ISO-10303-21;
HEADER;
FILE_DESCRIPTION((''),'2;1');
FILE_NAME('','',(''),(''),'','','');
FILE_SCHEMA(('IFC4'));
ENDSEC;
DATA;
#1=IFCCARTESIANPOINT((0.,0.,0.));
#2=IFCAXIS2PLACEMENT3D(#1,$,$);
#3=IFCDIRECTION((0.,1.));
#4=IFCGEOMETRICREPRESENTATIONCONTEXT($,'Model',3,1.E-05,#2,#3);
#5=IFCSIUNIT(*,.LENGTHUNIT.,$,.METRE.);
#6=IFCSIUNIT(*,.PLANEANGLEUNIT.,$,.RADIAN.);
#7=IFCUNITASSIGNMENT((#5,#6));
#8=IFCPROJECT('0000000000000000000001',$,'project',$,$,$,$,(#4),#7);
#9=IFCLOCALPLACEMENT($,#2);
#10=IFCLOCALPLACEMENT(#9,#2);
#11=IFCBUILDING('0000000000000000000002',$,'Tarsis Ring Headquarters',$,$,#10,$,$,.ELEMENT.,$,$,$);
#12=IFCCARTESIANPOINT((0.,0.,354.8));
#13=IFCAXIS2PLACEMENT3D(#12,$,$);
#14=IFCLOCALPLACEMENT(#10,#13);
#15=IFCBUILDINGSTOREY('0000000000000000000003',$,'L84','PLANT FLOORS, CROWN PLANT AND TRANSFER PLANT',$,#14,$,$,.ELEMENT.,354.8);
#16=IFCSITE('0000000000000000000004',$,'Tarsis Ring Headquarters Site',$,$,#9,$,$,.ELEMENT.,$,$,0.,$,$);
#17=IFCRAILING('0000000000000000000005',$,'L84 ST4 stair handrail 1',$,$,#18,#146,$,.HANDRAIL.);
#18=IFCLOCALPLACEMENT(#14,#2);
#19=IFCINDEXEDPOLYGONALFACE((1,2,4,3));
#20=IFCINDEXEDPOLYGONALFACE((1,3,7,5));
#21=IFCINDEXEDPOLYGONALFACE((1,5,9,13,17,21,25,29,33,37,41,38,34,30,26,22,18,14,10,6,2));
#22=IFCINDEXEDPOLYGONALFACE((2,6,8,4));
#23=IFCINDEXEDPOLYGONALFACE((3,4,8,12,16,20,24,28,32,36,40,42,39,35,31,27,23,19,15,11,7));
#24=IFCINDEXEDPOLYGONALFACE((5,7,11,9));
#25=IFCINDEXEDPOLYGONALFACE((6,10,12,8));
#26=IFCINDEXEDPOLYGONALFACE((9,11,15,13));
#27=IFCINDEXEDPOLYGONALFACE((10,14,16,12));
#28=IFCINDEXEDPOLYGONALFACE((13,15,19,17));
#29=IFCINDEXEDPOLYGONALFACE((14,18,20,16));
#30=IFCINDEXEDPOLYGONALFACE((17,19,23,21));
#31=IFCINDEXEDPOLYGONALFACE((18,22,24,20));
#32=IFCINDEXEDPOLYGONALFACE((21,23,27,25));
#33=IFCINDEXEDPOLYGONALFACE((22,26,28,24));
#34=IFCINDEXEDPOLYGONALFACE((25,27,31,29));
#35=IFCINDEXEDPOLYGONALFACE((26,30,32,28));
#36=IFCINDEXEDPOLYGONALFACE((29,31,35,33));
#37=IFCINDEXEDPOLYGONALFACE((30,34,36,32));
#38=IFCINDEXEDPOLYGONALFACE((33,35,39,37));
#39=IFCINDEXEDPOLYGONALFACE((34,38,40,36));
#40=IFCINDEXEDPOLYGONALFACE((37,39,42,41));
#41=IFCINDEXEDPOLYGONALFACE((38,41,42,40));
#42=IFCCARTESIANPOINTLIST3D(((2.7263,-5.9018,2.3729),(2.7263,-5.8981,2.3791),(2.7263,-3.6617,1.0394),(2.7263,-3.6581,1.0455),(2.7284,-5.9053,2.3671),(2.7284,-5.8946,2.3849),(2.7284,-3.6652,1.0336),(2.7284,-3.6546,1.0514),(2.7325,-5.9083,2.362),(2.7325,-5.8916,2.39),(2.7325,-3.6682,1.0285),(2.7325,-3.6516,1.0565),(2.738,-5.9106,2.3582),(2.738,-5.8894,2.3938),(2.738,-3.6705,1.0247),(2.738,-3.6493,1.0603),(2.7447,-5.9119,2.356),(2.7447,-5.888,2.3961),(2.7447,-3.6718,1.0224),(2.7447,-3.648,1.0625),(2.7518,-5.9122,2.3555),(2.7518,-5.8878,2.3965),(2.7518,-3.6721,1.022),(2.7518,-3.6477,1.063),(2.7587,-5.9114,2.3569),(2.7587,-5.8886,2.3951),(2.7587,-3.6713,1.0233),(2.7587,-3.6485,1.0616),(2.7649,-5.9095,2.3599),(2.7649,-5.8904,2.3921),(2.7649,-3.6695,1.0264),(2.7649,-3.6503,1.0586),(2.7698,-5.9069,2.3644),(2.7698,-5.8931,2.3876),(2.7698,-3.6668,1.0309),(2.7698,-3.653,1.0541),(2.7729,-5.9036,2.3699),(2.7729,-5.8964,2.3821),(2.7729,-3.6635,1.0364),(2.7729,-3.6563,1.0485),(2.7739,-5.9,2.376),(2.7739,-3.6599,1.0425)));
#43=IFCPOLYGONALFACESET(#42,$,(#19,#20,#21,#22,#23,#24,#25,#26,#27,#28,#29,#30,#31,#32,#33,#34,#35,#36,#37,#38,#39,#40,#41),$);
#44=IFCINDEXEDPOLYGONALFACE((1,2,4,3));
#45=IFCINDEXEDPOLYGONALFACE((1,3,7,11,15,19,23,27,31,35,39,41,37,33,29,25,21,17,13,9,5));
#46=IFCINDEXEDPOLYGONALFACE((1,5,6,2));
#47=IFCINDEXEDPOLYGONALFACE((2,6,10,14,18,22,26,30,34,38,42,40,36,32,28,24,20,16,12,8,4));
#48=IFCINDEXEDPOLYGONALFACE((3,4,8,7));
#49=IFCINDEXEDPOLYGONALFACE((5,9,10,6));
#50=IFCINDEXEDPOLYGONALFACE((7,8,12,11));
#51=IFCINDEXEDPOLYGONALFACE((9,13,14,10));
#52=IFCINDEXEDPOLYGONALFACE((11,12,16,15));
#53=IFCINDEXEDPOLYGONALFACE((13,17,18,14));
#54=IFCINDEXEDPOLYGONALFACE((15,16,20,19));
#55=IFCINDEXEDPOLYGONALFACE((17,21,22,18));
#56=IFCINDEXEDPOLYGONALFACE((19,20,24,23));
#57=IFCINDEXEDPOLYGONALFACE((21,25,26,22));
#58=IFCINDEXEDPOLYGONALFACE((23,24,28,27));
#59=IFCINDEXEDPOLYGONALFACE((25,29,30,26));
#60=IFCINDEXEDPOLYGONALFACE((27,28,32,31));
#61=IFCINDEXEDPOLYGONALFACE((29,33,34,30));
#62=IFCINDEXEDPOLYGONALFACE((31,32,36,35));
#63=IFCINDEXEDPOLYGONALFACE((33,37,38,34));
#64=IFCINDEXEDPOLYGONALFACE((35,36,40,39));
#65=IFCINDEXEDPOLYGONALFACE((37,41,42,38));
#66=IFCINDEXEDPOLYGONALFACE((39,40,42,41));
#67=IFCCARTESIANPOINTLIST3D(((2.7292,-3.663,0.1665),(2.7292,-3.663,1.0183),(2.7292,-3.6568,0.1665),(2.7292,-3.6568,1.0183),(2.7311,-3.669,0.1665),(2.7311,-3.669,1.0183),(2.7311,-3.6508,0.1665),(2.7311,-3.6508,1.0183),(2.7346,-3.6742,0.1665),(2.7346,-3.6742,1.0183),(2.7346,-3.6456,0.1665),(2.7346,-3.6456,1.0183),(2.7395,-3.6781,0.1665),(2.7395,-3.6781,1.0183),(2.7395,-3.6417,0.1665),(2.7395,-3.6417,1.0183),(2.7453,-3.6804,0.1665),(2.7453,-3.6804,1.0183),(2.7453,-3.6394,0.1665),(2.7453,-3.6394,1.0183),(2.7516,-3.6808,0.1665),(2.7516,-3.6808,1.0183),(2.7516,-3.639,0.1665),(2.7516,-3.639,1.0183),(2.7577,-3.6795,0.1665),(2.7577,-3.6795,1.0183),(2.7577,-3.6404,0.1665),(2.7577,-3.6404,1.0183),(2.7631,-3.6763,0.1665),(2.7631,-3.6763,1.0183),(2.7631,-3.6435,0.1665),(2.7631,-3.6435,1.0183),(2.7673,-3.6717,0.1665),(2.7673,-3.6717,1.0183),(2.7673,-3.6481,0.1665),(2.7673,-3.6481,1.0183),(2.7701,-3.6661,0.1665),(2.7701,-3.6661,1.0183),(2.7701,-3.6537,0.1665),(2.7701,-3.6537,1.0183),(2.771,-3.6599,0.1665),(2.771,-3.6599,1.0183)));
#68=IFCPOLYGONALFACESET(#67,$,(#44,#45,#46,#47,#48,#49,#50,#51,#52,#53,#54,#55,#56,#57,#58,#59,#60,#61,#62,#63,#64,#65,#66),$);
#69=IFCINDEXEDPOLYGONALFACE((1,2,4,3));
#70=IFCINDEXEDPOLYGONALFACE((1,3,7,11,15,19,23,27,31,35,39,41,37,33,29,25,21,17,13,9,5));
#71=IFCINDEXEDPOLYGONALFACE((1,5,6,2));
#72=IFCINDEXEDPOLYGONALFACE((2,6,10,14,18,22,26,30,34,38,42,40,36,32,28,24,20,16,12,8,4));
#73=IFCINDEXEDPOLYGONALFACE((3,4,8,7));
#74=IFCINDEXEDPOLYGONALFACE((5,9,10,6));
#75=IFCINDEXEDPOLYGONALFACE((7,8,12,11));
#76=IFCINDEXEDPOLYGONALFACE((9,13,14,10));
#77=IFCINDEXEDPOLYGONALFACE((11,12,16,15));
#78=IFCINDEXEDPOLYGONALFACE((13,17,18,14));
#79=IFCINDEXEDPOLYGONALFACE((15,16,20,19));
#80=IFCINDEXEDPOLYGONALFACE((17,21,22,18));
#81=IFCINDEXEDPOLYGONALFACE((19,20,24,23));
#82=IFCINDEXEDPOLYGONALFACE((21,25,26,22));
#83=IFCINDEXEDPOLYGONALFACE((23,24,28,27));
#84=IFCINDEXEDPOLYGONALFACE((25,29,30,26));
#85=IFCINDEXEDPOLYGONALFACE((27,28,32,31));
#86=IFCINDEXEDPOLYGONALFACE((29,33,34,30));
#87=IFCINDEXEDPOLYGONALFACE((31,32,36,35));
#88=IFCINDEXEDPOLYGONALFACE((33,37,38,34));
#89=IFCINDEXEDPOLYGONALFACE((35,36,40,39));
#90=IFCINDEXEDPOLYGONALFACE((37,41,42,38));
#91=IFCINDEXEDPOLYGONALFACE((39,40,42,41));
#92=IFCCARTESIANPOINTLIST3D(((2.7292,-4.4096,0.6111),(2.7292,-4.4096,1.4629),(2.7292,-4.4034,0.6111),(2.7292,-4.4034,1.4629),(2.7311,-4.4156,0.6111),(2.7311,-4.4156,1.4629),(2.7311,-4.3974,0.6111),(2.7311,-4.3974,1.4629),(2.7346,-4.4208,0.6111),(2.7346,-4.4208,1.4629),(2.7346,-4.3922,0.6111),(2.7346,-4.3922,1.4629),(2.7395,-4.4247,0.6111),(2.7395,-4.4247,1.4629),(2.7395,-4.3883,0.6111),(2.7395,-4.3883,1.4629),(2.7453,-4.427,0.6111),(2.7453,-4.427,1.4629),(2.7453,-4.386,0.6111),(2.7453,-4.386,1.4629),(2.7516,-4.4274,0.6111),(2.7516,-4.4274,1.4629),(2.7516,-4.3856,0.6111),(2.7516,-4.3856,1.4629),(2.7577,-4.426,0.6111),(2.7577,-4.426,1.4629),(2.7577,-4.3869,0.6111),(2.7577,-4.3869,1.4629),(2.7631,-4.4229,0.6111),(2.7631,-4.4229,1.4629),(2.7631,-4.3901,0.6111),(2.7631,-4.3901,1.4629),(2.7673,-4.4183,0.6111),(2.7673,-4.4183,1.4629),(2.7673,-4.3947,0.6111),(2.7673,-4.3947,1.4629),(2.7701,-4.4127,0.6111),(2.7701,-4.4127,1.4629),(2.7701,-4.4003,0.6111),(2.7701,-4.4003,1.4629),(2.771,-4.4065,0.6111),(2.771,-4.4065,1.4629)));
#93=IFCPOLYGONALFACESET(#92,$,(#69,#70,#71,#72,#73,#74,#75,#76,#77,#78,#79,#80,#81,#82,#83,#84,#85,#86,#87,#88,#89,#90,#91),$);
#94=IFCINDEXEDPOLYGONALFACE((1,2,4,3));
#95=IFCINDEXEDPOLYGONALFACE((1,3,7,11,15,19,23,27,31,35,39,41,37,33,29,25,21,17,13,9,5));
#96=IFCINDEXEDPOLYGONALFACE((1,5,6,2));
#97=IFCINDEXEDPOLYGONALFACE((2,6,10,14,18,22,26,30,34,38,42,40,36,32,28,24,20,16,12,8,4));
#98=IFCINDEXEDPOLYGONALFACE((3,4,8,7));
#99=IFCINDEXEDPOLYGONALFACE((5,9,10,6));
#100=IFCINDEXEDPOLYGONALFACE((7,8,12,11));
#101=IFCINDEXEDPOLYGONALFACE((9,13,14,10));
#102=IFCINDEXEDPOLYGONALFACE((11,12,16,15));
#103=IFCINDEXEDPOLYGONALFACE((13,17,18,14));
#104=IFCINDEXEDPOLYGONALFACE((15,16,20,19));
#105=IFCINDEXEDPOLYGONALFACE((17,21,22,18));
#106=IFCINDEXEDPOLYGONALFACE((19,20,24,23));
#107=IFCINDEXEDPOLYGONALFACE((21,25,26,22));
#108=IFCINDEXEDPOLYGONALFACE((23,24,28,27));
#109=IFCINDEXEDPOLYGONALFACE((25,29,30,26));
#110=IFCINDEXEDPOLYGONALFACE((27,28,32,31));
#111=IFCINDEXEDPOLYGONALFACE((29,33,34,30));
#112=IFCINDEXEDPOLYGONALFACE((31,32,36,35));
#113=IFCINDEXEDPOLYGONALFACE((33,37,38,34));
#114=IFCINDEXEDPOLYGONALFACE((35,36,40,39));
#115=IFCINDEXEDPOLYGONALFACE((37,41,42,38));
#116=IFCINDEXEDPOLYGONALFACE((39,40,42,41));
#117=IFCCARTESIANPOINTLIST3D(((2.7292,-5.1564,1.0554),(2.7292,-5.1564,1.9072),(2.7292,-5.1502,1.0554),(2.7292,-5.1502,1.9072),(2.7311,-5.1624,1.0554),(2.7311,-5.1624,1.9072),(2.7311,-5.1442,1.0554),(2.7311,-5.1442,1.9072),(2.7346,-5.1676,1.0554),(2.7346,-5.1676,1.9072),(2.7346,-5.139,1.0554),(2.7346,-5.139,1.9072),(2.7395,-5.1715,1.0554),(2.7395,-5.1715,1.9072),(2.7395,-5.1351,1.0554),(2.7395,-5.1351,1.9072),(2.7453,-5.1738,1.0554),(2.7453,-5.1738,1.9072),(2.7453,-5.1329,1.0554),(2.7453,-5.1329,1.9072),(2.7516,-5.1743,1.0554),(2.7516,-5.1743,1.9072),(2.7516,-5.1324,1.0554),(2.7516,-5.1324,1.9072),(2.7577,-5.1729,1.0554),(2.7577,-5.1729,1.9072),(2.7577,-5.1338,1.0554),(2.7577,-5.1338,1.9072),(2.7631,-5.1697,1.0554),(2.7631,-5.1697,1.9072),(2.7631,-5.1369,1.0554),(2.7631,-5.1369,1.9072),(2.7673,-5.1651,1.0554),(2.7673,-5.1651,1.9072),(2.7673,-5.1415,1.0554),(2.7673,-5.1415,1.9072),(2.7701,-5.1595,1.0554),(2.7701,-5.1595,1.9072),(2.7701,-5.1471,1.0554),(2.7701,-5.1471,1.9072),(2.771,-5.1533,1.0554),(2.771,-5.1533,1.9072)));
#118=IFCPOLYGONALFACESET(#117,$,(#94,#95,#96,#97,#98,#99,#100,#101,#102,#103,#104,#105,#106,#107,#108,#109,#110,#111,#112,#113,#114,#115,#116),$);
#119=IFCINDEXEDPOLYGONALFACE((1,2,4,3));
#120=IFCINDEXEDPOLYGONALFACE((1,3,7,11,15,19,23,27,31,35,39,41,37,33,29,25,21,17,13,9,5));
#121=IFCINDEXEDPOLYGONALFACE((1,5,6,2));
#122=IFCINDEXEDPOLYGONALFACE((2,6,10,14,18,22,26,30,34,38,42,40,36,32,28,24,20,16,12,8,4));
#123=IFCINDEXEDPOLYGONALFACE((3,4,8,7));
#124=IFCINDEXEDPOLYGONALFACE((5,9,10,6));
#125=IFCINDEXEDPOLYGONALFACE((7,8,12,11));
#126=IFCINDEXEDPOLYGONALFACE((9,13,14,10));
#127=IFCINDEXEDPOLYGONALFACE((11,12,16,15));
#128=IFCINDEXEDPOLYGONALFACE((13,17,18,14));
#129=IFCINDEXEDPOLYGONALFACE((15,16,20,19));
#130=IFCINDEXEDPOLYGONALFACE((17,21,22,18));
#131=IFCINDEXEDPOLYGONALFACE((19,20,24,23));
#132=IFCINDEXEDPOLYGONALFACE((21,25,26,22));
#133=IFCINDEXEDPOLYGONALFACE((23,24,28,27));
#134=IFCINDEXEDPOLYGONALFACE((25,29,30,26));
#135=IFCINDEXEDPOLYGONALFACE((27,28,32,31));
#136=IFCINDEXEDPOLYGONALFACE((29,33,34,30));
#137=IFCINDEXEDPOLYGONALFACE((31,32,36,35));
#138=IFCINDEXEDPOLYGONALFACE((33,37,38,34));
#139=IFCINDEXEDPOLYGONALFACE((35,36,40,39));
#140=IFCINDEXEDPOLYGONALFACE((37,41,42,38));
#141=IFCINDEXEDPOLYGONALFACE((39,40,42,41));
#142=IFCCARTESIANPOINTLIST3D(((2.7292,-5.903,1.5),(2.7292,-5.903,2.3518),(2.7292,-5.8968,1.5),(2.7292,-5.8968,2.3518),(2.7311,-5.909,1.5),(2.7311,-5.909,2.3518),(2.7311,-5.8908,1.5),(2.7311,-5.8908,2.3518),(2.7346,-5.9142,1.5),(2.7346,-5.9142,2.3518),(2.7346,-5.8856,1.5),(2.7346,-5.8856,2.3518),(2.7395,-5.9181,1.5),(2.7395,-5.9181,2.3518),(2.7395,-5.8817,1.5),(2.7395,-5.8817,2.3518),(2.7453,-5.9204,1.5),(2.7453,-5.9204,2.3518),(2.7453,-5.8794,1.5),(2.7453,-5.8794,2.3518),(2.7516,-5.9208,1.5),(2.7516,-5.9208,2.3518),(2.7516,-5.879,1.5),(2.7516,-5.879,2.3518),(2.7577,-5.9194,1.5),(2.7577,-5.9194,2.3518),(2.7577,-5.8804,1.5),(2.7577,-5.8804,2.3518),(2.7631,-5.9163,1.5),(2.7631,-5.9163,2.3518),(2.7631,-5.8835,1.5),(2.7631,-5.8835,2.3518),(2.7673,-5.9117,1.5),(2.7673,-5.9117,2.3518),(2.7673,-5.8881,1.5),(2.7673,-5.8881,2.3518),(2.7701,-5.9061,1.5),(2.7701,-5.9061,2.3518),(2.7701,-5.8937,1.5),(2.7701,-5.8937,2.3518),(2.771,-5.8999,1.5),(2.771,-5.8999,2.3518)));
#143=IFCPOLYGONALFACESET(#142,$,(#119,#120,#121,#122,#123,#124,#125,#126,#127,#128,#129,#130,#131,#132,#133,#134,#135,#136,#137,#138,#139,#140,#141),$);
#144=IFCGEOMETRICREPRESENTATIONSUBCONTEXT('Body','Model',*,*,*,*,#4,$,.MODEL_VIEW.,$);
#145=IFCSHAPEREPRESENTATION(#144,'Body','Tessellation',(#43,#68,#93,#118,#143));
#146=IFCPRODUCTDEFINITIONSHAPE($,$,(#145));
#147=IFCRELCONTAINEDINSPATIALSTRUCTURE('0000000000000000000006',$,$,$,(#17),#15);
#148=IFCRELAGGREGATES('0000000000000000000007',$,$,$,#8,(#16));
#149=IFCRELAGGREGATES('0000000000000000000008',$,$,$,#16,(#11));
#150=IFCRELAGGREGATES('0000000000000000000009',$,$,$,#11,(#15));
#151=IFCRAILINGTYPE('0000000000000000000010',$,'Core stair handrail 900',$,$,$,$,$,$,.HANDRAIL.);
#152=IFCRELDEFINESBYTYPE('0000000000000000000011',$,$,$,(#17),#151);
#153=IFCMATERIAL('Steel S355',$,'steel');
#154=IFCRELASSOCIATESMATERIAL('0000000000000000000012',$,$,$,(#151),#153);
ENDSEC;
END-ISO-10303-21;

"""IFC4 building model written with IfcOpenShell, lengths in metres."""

from ifc_helpers import new_model, si_unit, direction, frame, origin, origin_2d, place, context, subcontext, project, spatial, circle, extrude, material, type_object, element, save


model = new_model("IFC4")

# Units and contexts
model_context = context("Model", 3, precision=1e-05, world=origin(), true_north=direction((0.0, 1.0)))
body_context = subcontext(model_context, "Body", "Model", "MODEL_VIEW")
ifc_project = project(units=[si_unit("LENGTHUNIT", "METRE"), si_unit("PLANEANGLEUNIT", "RADIAN")], contexts=[model_context])

# Site, building, storey
site_placement = place(None, origin())
site = spatial("IfcSite", under=ifc_project, at=site_placement, Name="Tarsis Ring Headquarters Site", CompositionType="ELEMENT", RefElevation=0.0)
building_placement = place(site_placement, origin())
building = spatial("IfcBuilding", under=site, at=building_placement, Name="Tarsis Ring Headquarters", CompositionType="ELEMENT")
storey_placement = place(building_placement, frame((0.0, 0.0, 354.8)))
storey = spatial("IfcBuildingStorey", under=building, at=storey_placement, Name="L84", Description="PLANT FLOORS, CROWN PLANT AND TRANSFER PLANT", CompositionType="ELEMENT", Elevation=354.8)

# Railing
ifc_material_1 = material(Name="Steel S355", Category="steel")
railing_type_1 = type_object("IfcRailingType", Name="Core stair handrail 900", PredefinedType="HANDRAIL", material=ifc_material_1)
railing_1_placement = place(storey_placement, frame((2.75, -3.6599, 0.1665)))
element("IfcRailing", 1, at=railing_1_placement, inside=storey, type_object=railing_type_1, Name="L84 ST4 stair handrail 1", PredefinedType="HANDRAIL", context=body_context, shape_type="SweptSolid", body=[
    extrude(circle(Radius=0.0239, at=origin_2d()), frame((0.0, 0.0, 0.876), z_axis=(0.0, -0.859264, 0.511532), x_axis=(1.0, 0.0, 0.0)), (0.0, 0.0, 1.0), 2.6069),
    extrude(circle(Radius=0.021, at=origin_2d()), origin(), (0.0, 0.0, 1.0), 0.8518),
    extrude(circle(Radius=0.021, at=origin_2d()), frame((0.0, -0.7466, 0.4446)), (0.0, 0.0, 1.0), 0.8518),
    extrude(circle(Radius=0.021, at=origin_2d()), frame((0.0, -1.4934, 0.8889)), (0.0, 0.0, 1.0), 0.8518),
    extrude(circle(Radius=0.021, at=origin_2d()), frame((0.0, -2.24, 1.3335)), (0.0, 0.0, 1.0), 0.8518),
])

save(model, "model.ifc")
